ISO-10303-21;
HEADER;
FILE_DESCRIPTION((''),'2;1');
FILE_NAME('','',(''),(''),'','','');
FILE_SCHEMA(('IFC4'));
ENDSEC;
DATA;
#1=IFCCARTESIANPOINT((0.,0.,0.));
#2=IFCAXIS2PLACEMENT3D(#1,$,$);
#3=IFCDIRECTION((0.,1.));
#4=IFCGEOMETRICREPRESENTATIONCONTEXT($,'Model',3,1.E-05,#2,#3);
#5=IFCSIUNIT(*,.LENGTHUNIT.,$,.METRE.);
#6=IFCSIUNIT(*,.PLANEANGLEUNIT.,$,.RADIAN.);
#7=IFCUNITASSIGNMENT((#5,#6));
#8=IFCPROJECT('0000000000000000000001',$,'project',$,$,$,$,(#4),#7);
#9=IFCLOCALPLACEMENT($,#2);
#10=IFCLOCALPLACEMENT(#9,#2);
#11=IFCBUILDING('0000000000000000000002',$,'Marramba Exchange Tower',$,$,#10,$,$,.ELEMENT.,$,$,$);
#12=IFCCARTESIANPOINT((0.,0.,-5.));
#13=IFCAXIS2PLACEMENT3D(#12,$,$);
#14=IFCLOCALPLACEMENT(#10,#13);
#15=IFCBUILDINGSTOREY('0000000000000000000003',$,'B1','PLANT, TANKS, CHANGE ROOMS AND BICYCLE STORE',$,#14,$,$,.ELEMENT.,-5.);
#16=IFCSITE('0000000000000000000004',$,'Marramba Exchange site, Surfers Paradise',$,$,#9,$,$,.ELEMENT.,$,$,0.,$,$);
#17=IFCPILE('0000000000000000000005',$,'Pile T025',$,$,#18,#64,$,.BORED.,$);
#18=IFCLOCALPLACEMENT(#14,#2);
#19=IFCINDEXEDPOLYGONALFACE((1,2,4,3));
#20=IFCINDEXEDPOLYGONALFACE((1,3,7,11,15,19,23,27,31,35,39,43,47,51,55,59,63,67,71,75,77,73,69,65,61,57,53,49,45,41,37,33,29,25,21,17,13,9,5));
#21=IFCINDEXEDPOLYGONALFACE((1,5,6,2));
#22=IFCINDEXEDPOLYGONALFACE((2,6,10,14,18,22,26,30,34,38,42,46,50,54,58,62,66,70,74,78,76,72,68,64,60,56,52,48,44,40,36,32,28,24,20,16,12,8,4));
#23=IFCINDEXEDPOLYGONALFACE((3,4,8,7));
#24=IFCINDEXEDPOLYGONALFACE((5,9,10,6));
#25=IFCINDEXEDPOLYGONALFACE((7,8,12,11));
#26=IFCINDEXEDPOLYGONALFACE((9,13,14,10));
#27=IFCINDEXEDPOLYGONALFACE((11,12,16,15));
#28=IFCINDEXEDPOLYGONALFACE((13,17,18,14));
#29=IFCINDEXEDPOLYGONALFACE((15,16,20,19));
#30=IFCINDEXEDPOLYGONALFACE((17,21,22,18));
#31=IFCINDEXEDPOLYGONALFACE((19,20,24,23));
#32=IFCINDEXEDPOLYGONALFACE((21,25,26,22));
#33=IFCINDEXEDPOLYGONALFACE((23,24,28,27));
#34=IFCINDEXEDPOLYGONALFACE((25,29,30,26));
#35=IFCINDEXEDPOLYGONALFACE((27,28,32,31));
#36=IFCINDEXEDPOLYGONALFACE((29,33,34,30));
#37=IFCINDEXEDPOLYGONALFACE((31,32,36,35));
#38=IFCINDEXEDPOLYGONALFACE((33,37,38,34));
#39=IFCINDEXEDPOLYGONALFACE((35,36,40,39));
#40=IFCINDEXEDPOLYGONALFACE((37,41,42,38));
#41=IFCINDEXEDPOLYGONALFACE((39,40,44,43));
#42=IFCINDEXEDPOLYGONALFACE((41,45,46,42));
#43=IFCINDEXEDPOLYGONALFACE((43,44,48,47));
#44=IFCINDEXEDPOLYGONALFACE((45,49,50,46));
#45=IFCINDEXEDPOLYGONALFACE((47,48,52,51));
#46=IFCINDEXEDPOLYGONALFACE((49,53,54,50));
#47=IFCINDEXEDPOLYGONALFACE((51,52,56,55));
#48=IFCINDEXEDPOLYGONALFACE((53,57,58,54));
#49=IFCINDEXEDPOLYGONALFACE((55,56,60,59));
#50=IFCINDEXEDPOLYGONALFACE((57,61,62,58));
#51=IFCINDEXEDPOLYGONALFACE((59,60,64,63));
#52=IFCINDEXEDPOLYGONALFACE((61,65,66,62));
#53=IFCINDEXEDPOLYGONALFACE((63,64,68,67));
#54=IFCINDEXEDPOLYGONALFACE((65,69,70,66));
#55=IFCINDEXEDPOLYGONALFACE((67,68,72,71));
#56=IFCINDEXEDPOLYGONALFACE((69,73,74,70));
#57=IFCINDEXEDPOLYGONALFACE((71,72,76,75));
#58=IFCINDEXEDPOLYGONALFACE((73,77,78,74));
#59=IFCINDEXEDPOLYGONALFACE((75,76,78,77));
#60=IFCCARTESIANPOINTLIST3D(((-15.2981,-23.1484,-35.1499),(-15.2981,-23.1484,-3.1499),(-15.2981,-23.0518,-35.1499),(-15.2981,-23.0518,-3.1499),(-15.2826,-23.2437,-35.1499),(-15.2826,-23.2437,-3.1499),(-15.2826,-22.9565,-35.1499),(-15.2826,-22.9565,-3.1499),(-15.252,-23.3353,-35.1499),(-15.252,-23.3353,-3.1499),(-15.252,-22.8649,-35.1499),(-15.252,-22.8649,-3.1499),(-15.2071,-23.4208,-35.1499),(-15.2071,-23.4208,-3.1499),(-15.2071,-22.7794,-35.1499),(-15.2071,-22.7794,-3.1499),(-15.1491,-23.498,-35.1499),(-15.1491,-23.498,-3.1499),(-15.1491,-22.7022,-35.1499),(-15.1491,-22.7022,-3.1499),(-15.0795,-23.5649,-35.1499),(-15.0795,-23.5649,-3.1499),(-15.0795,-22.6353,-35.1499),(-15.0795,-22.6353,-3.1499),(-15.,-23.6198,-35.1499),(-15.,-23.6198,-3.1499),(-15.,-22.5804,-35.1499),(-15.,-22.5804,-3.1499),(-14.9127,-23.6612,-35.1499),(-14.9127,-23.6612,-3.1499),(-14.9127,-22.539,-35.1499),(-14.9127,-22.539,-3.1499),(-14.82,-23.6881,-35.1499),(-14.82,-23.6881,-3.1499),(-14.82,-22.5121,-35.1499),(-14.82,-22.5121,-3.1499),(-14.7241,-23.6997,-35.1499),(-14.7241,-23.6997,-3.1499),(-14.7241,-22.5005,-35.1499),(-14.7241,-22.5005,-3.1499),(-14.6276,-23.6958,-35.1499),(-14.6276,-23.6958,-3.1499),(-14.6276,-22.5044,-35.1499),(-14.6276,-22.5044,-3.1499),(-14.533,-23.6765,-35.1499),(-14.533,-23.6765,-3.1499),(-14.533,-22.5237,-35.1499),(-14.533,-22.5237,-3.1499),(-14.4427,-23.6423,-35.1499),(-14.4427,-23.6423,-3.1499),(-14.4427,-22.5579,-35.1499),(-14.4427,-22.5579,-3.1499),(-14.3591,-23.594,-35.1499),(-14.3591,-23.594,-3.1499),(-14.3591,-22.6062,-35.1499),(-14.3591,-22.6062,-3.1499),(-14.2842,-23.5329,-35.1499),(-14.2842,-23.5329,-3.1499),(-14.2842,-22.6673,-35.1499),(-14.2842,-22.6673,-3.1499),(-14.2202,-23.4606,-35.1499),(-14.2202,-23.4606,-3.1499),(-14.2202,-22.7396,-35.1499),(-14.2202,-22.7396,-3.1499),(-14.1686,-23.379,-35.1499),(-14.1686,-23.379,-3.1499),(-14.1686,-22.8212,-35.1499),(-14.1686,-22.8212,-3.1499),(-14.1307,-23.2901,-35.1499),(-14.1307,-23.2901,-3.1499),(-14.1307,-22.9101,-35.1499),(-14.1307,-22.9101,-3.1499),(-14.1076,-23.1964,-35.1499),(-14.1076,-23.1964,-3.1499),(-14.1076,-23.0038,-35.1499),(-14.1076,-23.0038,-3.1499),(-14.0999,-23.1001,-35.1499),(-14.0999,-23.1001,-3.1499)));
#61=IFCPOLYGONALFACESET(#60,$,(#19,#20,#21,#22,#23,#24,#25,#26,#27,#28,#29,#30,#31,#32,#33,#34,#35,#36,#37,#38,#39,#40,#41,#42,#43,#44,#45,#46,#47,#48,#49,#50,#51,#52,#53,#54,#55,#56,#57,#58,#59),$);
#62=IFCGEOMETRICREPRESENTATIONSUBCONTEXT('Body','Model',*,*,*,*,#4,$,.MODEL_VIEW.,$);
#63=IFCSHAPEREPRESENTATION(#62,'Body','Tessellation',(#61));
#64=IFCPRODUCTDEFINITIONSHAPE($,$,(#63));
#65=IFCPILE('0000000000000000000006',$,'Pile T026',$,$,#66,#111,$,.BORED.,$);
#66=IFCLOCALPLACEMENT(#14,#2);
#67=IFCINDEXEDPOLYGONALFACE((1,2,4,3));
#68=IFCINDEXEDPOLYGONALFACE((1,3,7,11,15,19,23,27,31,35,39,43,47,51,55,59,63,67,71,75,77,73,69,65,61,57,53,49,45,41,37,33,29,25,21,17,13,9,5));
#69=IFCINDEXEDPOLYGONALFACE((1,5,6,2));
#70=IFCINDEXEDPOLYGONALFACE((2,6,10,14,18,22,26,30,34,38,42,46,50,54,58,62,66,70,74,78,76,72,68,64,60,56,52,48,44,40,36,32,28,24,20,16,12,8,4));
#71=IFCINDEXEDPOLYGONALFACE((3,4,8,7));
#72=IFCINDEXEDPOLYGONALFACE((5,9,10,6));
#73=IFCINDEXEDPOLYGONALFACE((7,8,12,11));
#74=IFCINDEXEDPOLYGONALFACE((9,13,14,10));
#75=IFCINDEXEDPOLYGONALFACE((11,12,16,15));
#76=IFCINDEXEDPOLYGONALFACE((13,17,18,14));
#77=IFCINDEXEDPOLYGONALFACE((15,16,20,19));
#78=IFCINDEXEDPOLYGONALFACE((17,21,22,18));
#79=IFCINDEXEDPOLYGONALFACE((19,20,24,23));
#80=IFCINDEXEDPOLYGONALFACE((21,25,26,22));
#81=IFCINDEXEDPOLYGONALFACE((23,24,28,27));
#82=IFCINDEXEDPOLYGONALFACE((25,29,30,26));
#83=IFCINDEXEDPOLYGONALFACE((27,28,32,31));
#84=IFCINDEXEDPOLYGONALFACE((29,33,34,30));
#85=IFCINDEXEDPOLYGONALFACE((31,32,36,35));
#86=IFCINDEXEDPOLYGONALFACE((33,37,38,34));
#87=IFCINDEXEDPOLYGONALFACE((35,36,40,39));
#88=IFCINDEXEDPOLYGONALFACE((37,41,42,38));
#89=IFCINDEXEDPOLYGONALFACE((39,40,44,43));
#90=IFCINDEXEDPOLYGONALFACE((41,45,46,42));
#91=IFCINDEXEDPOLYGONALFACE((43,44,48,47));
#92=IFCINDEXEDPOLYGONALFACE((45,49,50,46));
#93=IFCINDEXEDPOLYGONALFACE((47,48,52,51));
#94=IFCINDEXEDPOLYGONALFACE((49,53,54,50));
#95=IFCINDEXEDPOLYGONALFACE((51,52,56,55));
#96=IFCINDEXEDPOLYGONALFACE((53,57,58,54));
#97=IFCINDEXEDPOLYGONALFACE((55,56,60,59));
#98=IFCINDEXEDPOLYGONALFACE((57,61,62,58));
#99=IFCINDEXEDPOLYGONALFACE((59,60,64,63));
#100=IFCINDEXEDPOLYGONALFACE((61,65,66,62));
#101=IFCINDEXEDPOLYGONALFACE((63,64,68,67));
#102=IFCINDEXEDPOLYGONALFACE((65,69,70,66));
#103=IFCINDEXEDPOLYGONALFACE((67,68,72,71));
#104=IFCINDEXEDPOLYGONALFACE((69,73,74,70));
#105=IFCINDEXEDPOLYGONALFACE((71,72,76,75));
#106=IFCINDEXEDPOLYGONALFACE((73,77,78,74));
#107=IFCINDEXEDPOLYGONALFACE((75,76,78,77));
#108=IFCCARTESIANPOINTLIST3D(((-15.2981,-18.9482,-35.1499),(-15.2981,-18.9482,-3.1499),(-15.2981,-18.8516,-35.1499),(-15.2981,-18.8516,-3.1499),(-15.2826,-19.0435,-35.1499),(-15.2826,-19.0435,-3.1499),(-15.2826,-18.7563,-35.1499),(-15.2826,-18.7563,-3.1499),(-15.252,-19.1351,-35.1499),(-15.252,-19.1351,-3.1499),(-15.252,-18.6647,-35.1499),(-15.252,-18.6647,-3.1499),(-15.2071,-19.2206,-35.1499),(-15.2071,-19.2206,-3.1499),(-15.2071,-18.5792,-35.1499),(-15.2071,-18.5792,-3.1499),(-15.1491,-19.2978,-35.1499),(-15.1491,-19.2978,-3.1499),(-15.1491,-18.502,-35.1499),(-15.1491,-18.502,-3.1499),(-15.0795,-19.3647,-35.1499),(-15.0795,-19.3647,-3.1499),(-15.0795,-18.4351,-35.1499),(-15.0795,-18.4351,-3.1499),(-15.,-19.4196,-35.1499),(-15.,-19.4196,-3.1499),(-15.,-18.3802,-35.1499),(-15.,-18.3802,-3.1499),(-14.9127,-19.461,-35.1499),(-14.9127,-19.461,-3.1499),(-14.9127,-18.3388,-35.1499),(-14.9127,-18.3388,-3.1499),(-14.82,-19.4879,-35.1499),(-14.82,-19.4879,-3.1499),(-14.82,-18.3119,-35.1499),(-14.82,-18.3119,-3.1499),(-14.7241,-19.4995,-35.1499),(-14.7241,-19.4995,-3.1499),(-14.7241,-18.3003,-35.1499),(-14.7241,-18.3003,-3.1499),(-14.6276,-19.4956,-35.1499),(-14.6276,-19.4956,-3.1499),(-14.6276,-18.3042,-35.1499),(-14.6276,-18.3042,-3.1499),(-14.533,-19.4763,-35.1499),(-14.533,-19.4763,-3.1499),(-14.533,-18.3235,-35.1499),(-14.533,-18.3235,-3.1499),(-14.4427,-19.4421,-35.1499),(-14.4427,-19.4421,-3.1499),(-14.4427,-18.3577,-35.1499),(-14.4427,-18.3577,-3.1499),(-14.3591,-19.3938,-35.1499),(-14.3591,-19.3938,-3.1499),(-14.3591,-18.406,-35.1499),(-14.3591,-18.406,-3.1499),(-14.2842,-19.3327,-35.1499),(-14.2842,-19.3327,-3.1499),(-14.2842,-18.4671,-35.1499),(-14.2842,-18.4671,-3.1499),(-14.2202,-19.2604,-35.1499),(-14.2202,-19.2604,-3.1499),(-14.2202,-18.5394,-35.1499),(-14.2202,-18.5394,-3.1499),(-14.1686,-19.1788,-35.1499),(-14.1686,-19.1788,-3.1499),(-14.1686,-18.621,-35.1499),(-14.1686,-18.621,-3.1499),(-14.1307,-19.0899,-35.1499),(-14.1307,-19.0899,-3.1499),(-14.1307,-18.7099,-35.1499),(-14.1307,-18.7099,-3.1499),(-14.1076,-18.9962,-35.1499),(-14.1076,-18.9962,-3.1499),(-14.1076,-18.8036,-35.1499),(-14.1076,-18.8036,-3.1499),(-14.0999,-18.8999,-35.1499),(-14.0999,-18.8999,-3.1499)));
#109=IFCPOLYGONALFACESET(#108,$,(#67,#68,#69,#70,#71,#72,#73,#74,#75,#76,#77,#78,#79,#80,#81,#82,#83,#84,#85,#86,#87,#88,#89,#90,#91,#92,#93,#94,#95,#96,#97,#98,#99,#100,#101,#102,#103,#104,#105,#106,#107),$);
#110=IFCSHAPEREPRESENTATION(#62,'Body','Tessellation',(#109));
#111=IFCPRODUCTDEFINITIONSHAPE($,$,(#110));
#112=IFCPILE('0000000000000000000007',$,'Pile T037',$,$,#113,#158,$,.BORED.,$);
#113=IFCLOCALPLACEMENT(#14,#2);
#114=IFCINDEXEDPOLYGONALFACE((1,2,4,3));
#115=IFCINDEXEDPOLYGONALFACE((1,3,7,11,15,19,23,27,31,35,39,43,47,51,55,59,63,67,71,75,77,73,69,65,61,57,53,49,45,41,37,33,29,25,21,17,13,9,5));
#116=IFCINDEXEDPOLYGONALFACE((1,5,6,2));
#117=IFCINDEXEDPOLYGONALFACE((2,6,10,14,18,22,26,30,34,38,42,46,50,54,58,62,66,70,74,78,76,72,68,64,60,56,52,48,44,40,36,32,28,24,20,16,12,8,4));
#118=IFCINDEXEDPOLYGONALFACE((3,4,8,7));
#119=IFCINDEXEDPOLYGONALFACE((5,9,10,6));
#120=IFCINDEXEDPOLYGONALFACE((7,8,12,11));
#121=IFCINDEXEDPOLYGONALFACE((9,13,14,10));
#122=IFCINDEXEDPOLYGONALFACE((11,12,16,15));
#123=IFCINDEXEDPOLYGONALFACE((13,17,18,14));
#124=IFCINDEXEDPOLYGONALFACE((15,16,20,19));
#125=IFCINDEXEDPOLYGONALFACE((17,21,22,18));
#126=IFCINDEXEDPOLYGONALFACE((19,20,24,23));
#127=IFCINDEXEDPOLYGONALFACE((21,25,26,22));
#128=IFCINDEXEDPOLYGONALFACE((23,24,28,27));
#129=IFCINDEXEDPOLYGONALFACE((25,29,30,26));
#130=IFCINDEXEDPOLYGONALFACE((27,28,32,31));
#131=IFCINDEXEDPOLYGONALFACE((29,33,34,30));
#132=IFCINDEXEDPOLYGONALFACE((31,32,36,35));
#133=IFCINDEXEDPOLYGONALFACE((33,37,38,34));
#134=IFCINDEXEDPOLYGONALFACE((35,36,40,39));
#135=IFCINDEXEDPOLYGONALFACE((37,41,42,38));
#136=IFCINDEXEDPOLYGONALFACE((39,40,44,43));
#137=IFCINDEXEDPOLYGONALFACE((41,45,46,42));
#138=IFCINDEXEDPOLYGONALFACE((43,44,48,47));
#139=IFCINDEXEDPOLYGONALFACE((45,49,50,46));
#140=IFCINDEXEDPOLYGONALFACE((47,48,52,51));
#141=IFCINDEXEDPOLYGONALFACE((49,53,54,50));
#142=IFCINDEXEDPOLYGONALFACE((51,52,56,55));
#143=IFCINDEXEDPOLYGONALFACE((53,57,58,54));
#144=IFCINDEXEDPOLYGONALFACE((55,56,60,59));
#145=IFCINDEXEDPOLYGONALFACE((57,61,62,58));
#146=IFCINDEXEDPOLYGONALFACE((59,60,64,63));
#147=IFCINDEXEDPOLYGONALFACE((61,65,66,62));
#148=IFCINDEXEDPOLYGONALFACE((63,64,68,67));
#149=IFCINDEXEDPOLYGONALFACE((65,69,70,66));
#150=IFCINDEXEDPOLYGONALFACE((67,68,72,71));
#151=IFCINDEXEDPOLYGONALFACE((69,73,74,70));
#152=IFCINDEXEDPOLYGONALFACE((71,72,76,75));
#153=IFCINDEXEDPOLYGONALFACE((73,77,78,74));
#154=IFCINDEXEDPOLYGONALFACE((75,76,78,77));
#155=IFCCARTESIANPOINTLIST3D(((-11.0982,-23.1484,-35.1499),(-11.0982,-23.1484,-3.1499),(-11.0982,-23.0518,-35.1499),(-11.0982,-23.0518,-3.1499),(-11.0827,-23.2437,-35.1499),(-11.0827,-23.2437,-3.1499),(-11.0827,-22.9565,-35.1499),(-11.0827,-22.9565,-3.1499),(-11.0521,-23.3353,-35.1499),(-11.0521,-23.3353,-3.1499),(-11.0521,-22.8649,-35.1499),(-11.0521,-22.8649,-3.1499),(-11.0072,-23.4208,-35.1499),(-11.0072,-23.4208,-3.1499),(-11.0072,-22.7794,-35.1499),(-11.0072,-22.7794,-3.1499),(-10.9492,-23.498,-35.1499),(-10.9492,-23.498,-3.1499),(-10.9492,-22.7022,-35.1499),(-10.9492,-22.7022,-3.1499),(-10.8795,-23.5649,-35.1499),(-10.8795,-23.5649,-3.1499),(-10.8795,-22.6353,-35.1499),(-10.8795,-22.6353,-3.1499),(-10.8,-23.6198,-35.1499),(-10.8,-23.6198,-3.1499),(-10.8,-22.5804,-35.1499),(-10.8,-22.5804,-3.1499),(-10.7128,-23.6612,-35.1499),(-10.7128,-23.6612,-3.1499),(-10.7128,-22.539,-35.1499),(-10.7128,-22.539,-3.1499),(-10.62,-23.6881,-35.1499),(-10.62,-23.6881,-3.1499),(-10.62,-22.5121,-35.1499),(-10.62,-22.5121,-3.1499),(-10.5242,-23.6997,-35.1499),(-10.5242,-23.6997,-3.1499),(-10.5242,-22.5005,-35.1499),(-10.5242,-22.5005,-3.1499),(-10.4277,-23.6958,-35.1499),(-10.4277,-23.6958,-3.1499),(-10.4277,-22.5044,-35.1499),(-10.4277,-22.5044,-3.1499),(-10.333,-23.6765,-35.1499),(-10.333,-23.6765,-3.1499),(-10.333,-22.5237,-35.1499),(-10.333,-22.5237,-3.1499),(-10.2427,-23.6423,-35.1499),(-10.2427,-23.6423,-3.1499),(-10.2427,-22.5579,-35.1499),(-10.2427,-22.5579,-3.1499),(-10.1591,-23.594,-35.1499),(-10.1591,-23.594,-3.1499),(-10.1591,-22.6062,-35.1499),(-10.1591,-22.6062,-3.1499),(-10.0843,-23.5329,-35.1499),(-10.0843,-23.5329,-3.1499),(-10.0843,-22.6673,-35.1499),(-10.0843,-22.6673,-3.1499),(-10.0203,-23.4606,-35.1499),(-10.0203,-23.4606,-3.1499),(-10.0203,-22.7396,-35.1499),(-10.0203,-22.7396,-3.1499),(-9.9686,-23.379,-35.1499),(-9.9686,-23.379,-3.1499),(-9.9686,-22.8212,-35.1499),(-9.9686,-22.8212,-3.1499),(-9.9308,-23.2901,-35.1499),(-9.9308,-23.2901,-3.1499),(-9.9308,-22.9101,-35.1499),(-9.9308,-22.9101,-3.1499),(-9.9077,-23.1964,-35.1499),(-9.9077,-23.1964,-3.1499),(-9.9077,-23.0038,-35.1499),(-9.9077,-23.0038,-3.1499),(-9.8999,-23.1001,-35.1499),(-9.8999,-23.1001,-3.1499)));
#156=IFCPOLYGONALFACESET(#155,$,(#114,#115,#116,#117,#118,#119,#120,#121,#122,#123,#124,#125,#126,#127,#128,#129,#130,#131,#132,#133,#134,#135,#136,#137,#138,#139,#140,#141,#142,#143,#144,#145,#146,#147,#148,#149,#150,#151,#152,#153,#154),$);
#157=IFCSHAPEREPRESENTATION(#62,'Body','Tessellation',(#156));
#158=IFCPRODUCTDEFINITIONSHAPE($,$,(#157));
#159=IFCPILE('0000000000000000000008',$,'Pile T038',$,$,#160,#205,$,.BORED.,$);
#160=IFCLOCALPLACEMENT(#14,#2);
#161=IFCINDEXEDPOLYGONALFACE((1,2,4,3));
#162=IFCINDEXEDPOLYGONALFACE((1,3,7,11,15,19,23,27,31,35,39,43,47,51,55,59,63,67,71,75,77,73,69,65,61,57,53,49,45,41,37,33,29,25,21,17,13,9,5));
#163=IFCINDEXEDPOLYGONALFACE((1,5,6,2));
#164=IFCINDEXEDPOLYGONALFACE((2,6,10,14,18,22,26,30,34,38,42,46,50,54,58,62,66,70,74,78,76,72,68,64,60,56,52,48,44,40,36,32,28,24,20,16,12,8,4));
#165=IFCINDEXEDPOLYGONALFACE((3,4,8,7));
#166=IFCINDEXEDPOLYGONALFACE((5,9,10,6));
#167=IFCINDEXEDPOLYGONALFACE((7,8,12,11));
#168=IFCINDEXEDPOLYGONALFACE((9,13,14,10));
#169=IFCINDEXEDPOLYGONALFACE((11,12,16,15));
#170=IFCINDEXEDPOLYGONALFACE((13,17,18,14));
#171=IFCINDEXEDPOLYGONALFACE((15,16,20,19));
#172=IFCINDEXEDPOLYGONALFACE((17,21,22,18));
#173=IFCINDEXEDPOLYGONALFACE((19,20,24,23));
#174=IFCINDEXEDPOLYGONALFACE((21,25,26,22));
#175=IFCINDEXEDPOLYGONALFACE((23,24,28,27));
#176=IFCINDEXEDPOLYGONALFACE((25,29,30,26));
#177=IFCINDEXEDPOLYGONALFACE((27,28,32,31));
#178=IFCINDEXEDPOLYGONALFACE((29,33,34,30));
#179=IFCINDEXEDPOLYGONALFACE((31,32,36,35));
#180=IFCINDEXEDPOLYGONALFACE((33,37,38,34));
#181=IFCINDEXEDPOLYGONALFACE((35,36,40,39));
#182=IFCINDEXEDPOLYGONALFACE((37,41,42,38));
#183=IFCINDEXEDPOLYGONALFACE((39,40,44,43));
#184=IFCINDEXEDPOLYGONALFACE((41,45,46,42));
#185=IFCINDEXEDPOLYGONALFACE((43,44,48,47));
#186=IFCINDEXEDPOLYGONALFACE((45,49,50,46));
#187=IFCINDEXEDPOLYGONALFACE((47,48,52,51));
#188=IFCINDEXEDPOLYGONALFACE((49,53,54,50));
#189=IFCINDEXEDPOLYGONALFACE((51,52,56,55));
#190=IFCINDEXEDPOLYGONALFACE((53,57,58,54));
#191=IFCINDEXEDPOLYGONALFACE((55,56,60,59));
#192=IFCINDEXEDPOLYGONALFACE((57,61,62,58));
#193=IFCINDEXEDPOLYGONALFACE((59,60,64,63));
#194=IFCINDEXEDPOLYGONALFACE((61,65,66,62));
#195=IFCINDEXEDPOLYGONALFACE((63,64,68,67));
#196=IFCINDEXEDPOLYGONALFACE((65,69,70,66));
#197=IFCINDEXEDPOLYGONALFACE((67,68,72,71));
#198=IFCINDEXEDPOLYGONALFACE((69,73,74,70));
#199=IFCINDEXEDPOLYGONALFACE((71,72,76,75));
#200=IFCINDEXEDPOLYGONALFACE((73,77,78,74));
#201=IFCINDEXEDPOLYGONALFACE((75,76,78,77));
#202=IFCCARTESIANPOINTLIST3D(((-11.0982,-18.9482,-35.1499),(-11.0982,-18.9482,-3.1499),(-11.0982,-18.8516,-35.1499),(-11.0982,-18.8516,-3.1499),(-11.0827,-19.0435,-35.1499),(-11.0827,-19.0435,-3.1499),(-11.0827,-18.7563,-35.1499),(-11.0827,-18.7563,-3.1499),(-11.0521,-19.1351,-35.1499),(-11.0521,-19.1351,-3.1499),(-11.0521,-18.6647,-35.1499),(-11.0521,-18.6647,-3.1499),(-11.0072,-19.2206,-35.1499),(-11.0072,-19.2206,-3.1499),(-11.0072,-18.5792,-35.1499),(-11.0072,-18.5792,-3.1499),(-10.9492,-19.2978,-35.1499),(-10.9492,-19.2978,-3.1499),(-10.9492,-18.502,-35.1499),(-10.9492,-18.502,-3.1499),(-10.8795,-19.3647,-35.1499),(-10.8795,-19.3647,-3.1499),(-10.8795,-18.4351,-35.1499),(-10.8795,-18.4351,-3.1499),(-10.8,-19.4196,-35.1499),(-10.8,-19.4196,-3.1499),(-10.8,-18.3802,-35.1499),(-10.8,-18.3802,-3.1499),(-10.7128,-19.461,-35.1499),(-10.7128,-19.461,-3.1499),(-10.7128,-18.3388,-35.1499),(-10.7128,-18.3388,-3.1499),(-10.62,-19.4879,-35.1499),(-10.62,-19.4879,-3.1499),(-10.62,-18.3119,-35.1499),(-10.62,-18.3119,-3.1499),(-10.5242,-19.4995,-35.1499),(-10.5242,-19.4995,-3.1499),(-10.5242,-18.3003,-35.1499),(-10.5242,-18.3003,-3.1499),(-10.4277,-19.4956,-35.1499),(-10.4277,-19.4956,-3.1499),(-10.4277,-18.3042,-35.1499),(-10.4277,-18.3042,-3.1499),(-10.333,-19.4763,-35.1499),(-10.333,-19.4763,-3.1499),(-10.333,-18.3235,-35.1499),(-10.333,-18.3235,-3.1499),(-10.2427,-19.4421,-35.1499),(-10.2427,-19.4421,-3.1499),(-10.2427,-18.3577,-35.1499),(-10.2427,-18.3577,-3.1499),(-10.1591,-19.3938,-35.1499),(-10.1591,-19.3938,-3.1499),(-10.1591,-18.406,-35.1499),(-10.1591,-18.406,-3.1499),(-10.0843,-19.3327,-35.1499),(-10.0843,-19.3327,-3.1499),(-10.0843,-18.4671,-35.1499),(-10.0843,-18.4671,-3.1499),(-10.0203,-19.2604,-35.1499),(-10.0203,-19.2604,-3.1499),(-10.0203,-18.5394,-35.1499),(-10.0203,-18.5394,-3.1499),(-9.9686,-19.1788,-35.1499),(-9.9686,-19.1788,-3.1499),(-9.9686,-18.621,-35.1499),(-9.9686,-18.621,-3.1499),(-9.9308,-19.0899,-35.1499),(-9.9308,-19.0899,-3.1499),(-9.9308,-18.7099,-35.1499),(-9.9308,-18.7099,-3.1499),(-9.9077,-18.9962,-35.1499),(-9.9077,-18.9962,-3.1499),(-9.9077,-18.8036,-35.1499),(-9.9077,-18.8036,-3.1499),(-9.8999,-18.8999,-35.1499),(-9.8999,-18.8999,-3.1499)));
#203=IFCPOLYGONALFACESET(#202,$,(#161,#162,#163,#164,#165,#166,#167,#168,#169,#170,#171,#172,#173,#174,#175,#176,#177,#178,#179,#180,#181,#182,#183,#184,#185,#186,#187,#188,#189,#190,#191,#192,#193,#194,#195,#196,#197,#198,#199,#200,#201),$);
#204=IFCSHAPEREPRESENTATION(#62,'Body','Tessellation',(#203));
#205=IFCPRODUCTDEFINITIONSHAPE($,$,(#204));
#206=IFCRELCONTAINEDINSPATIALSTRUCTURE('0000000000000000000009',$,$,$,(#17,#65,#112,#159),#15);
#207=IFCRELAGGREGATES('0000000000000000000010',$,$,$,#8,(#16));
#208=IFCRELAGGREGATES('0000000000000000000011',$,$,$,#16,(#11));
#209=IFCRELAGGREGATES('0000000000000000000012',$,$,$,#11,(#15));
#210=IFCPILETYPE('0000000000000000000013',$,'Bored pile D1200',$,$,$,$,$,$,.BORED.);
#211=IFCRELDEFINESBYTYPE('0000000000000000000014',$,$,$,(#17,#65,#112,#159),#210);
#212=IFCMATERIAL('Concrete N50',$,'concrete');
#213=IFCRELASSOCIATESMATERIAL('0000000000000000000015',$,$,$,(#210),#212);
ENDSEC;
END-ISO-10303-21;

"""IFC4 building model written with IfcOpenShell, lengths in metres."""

from ifc_helpers import new_model, si_unit, direction, frame, origin, origin_2d, place, context, subcontext, project, spatial, circle, extrude, material, material_profile, profile_set, type_object, element, save


model = new_model("IFC4")

# Units and contexts
model_context = context("Model", 3, precision=1e-05, world=origin(), true_north=direction((0.0, 1.0)))
body_context = subcontext(model_context, "Body", "Model", "MODEL_VIEW")
ifc_project = project(units=[si_unit("LENGTHUNIT", "METRE"), si_unit("PLANEANGLEUNIT", "RADIAN")], contexts=[model_context])

# Site, building, storey
site_placement = place(None, origin())
site = spatial("IfcSite", under=ifc_project, at=site_placement, Name="Marramba Exchange site, Surfers Paradise", CompositionType="ELEMENT", RefElevation=0.0)
building_placement = place(site_placement, origin())
building = spatial("IfcBuilding", under=site, at=building_placement, Name="Marramba Exchange Tower", CompositionType="ELEMENT")
storey_placement = place(building_placement, frame((0.0, 0.0, -5.0)))
storey = spatial("IfcBuildingStorey", under=building, at=storey_placement, Name="B1", Description="PLANT, TANKS, CHANGE ROOMS AND BICYCLE STORE", CompositionType="ELEMENT", Elevation=-5.0)

# Piles
ifc_material_1 = material(Name="Concrete N50", Category="concrete")
ifc_material_profile_1 = material_profile(ifc_material_1, circle(Radius=0.6001, at=origin_2d()), Name="BP D1200")
ifc_profile_set_1 = profile_set([ifc_material_profile_1], Name="Concrete N50")
pile_type_1 = type_object("IfcPileType", Name="Bored pile D1200", PredefinedType="BORED", material=ifc_profile_set_1)
for number, where, z_axis, x_axis, name in (
    (1, (-14.7, -23.1001, -3.1499), (0.0, 0.0, -1.0), (1.0, 0.0, 0.0), "Pile T025"),
    (2, (-14.7, -18.8999, -3.1499), (0.0, 0.0, -1.0), (1.0, 0.0, 0.0), "Pile T026"),
    (3, (-10.5, -23.1001, -3.1499), (0.0, 0.0, -1.0), (1.0, 0.0, 0.0), "Pile T037"),
    (4, (-10.5, -18.8999, -3.1499), (0.0, 0.0, -1.0), (1.0, 0.0, 0.0), "Pile T038"),
):
    element("IfcPile", number, at=place(storey_placement, frame(where, z_axis=z_axis, x_axis=x_axis)), inside=storey, type_object=pile_type_1, Name=name, PredefinedType="BORED", context=body_context, shape_type="SweptSolid", body=[
        extrude(circle(Radius=0.6001, at=origin_2d()), origin(), (0.0, 0.0, 1.0), 32.0),
    ])

save(model, "model.ifc")
